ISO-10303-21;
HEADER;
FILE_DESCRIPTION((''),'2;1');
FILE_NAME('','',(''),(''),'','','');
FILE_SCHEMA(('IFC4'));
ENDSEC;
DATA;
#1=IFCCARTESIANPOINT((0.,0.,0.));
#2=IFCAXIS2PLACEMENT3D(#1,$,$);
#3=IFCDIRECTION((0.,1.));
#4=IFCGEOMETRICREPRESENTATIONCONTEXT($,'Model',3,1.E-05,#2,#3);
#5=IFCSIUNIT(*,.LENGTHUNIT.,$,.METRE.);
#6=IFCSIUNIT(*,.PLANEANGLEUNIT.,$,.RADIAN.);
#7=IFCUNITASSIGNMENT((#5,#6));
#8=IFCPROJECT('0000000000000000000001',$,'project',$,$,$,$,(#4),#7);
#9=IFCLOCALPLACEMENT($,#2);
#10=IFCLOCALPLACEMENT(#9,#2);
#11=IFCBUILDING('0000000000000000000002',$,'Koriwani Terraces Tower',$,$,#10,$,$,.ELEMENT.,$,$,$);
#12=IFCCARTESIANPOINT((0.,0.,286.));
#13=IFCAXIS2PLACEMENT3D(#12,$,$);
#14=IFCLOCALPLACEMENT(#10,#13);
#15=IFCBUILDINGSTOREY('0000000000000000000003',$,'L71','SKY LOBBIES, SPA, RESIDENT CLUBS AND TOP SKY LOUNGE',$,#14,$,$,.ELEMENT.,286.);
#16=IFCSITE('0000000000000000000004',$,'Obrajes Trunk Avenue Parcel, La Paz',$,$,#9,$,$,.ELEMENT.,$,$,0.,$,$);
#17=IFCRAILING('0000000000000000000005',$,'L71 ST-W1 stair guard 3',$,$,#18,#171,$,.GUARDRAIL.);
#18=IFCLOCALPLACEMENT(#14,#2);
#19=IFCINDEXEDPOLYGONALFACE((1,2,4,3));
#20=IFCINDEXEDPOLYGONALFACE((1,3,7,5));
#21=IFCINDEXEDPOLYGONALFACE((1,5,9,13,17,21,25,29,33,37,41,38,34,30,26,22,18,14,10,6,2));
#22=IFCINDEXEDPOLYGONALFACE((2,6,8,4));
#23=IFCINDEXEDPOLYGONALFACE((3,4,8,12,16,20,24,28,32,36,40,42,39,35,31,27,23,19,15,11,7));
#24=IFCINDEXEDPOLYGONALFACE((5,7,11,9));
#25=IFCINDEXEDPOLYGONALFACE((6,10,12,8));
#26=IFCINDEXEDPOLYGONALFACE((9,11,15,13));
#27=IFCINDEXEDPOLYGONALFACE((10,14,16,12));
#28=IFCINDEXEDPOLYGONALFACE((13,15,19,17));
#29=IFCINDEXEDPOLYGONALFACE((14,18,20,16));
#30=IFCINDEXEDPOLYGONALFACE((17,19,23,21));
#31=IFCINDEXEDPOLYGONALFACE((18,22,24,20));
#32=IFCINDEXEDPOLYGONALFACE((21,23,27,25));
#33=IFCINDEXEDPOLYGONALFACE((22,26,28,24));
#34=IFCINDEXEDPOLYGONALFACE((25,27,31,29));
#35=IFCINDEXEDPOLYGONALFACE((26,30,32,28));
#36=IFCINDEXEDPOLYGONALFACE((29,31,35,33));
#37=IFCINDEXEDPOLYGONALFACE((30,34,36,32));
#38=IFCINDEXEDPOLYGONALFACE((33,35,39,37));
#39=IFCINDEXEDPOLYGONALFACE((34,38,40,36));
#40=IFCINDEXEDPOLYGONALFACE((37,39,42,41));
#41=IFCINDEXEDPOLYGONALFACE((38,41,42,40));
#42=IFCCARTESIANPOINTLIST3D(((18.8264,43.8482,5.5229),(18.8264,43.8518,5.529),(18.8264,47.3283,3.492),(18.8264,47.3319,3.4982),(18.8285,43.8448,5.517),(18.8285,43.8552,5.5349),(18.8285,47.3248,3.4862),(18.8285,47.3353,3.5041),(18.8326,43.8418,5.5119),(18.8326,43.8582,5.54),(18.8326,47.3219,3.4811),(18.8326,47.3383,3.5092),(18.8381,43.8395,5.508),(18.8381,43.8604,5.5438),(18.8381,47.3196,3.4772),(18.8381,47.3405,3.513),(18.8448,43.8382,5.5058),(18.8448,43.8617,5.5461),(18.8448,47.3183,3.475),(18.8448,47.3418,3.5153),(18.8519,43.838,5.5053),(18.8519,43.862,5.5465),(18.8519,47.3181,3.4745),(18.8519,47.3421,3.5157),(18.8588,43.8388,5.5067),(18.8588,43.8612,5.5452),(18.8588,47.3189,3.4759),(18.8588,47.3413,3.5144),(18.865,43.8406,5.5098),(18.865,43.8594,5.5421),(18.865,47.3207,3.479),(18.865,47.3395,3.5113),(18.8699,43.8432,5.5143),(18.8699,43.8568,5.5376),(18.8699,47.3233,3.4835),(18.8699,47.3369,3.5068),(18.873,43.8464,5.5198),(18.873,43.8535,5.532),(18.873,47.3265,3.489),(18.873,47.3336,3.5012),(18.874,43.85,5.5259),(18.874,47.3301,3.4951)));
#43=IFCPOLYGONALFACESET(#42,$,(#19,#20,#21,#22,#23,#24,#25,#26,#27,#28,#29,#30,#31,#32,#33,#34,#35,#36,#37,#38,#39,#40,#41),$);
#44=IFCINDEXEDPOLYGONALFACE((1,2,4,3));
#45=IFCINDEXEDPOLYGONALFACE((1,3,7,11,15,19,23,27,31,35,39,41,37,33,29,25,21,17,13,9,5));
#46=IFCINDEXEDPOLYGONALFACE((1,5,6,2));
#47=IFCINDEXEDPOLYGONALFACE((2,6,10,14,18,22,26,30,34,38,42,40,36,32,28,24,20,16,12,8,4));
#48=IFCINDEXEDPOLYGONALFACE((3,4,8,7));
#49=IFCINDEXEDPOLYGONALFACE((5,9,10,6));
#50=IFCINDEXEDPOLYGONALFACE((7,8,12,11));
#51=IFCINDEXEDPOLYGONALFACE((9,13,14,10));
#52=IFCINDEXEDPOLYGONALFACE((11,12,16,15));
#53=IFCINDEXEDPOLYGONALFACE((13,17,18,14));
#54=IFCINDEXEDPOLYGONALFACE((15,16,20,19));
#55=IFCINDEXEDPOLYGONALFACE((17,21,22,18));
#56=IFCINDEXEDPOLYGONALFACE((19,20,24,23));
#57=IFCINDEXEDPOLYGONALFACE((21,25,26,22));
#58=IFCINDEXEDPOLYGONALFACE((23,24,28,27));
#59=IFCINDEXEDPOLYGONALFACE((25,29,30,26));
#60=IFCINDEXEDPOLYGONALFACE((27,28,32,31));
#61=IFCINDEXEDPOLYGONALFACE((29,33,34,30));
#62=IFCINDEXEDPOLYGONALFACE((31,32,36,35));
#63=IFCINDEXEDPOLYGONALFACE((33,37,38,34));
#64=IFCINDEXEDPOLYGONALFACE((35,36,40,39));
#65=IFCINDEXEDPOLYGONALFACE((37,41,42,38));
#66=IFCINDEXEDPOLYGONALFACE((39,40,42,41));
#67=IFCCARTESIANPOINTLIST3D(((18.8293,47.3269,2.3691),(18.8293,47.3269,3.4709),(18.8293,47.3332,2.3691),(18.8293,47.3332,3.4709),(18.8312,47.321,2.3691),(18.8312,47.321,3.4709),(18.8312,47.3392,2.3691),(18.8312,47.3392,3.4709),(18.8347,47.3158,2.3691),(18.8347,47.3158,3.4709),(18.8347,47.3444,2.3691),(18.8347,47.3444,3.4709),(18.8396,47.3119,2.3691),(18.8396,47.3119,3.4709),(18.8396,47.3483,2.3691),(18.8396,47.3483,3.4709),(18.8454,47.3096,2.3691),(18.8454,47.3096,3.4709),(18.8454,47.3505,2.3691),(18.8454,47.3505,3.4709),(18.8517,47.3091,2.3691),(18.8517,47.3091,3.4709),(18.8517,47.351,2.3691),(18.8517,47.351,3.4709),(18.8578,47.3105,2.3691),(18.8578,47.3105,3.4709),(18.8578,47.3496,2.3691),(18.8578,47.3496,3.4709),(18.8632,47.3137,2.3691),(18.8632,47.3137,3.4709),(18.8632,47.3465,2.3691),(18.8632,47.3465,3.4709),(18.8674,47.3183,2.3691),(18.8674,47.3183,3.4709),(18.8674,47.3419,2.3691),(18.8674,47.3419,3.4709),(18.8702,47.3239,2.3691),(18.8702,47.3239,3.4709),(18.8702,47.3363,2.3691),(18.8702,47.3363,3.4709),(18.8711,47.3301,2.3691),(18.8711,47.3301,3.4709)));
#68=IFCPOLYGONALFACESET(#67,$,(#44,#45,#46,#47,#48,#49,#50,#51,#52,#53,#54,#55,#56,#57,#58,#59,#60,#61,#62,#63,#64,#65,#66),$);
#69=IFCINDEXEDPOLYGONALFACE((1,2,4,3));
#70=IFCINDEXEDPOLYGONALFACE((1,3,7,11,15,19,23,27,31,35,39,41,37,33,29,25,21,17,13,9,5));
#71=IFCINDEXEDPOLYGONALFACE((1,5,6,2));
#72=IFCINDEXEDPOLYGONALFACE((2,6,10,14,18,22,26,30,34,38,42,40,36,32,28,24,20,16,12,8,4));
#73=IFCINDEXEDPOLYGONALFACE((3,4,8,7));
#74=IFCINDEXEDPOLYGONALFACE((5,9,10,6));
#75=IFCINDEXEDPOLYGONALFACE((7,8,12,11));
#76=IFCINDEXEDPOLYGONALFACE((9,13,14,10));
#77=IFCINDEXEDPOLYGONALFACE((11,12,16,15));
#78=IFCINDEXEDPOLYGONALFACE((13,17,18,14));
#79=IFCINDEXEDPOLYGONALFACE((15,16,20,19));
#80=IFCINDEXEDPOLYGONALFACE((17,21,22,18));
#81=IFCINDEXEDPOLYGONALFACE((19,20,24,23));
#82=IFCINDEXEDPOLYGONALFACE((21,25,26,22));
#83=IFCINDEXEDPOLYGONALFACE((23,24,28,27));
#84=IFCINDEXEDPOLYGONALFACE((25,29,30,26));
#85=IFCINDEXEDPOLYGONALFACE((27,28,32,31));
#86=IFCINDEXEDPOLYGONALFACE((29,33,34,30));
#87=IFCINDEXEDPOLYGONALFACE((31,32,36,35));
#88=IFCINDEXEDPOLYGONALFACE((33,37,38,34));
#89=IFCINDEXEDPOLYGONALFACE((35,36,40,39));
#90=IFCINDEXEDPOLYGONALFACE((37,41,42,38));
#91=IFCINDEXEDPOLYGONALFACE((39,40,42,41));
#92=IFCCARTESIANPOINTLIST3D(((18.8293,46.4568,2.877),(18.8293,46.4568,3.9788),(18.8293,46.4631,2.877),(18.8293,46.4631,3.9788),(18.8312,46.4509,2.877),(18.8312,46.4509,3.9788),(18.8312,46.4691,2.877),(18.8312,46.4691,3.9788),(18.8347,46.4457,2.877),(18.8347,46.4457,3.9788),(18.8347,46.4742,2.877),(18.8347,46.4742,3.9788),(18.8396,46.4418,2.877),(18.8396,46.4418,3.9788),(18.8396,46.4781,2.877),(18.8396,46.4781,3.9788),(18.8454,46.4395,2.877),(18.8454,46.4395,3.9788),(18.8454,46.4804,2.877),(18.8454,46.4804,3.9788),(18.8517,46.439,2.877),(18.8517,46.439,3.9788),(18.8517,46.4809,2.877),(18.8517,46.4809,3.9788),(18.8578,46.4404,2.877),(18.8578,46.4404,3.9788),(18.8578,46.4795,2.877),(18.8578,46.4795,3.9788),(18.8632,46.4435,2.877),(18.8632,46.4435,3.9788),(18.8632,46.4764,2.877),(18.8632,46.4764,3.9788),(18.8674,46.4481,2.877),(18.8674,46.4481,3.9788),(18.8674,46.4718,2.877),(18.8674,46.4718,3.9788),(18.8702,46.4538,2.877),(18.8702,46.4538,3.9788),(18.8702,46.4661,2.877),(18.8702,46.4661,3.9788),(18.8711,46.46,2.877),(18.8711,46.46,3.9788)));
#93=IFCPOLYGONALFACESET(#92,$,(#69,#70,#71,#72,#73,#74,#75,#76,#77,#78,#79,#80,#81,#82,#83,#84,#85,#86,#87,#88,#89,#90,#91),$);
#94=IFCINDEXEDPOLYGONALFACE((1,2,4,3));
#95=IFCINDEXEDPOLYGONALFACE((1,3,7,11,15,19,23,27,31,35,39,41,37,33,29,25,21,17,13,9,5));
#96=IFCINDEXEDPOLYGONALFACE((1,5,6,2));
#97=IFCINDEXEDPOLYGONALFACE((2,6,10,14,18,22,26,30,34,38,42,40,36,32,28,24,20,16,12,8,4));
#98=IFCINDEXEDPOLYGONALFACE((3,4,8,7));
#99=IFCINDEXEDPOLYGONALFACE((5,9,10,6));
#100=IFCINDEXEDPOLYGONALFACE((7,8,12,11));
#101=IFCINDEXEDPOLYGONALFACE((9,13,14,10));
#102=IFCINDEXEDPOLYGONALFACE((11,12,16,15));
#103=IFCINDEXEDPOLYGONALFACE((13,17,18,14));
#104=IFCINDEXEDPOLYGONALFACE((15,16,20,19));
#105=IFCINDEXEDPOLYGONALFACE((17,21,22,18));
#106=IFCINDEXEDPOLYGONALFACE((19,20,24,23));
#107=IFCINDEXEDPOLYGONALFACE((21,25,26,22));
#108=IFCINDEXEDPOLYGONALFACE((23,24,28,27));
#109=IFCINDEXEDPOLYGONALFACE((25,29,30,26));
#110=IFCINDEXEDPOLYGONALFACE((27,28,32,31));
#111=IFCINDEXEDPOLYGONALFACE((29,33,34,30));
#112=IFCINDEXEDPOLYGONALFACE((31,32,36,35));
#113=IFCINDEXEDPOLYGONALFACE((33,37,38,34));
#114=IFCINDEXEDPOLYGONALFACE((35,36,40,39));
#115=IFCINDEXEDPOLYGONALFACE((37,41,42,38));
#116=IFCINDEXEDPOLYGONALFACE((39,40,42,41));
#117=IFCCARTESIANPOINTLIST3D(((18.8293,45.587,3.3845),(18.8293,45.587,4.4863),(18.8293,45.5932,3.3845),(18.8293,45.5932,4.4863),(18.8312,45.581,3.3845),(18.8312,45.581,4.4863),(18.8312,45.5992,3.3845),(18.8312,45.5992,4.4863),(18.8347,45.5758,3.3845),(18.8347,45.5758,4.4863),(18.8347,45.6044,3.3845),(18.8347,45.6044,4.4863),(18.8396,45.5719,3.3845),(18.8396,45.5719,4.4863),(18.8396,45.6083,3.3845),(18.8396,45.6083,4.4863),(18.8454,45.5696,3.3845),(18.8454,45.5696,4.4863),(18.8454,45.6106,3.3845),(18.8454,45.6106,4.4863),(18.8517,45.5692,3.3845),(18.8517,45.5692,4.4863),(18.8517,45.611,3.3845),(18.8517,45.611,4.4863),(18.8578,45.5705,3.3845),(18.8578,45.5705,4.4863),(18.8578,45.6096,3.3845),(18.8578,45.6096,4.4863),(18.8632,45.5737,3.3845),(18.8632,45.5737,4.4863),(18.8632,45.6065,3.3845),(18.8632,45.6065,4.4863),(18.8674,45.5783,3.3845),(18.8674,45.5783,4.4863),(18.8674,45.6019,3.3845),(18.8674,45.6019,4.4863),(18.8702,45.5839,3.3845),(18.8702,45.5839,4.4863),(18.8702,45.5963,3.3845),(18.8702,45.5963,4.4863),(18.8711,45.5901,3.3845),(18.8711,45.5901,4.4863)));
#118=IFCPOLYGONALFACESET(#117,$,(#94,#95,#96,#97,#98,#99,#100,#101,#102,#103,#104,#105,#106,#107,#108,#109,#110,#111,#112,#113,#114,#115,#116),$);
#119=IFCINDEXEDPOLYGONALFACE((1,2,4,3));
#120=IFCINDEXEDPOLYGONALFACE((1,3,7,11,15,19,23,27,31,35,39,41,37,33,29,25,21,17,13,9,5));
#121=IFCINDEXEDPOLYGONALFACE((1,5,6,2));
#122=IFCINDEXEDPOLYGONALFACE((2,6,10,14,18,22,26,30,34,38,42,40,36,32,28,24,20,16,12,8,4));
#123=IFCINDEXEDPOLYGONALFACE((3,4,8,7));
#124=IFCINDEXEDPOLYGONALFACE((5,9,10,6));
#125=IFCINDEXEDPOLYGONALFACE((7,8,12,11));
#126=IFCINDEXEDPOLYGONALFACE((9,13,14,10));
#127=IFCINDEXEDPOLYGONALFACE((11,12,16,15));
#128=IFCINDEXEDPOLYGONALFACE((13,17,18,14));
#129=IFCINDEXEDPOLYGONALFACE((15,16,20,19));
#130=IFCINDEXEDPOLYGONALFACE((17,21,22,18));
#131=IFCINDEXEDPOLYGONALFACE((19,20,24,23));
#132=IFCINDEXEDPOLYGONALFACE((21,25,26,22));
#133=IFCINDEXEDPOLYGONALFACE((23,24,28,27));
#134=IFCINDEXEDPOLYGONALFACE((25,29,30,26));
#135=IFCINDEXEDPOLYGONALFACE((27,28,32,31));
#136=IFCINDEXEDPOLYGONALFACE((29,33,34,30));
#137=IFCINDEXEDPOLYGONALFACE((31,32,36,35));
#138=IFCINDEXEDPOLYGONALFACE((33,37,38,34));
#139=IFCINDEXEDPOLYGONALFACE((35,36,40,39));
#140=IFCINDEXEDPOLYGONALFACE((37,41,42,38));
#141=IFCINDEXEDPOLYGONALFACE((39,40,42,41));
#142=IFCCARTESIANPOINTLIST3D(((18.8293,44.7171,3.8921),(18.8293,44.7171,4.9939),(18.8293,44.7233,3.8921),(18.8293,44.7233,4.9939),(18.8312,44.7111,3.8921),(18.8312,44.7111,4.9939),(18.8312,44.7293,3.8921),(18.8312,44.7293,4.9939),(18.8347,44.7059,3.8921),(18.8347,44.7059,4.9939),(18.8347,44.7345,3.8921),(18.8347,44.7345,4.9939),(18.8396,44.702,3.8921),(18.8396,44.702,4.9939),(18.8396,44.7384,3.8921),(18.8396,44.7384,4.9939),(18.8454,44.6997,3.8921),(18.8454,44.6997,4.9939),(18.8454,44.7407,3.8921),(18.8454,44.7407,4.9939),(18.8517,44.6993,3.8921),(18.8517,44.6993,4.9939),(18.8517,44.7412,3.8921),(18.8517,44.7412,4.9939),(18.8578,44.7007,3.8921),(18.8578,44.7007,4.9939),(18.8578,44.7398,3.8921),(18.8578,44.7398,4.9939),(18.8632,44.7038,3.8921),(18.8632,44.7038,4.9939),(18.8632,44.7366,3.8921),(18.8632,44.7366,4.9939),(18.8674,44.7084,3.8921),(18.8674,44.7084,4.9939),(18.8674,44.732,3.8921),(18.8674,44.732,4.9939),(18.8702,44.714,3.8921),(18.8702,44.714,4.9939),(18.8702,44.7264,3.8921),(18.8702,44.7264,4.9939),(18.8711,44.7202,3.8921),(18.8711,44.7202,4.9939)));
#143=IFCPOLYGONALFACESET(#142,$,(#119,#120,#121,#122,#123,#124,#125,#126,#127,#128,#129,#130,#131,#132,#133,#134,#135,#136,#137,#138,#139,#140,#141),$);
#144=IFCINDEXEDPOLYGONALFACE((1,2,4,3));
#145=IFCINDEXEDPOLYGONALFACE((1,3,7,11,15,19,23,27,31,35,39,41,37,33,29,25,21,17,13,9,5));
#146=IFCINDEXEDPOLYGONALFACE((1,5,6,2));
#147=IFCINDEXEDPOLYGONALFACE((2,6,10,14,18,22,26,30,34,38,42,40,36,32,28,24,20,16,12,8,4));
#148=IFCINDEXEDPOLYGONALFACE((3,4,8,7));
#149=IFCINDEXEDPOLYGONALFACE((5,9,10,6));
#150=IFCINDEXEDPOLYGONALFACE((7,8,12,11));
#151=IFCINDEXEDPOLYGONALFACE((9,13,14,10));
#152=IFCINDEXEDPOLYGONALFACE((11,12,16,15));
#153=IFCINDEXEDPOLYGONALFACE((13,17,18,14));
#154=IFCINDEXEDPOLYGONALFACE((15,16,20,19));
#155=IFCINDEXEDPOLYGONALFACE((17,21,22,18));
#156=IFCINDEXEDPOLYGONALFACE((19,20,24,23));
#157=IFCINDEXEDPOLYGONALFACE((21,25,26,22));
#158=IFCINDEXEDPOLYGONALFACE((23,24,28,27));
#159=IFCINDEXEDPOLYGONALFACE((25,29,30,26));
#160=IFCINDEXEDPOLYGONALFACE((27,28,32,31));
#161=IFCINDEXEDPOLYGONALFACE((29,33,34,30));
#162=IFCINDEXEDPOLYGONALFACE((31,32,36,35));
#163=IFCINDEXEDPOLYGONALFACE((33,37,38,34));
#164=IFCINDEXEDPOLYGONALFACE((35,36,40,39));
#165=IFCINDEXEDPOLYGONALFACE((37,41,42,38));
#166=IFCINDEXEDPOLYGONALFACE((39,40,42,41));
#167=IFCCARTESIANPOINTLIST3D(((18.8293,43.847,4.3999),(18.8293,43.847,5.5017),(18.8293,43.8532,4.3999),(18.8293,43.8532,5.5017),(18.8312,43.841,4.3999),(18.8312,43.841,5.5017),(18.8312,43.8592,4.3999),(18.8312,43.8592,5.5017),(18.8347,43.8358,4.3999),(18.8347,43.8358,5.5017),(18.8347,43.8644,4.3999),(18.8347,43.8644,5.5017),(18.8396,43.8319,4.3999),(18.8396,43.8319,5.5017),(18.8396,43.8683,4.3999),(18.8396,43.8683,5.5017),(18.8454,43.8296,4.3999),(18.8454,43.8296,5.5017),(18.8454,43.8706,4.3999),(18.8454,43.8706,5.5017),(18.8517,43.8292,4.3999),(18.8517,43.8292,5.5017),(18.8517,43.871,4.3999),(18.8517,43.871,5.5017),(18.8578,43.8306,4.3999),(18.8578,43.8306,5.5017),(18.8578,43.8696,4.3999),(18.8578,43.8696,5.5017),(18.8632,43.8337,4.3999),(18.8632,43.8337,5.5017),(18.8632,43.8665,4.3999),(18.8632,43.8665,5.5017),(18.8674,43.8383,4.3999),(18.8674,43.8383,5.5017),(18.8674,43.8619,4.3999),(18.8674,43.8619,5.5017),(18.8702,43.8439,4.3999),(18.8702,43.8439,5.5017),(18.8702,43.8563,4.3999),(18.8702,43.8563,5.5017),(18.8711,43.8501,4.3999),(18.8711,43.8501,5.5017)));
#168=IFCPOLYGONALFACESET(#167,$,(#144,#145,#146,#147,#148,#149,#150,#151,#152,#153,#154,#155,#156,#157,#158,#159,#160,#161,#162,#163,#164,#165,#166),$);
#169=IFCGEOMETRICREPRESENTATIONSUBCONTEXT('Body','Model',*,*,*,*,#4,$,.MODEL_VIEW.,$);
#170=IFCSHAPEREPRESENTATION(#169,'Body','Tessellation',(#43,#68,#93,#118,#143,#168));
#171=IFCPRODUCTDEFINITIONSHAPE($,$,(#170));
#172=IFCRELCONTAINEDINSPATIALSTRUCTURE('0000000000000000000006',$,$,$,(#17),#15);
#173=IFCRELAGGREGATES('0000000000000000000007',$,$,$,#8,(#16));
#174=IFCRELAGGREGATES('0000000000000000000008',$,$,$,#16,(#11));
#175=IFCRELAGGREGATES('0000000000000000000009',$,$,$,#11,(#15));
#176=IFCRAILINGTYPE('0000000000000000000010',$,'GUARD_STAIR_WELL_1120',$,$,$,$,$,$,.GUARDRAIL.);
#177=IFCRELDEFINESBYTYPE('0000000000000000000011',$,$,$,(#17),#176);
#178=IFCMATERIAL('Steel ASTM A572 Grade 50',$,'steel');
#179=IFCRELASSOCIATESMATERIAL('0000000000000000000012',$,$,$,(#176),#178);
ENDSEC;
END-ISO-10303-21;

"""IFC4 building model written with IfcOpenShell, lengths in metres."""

from ifc_helpers import new_model, si_unit, direction, frame, origin, origin_2d, place, context, subcontext, project, spatial, circle, extrude, material, type_object, element, save


model = new_model("IFC4")

# Units and contexts
model_context = context("Model", 3, precision=1e-05, world=origin(), true_north=direction((0.0, 1.0)))
body_context = subcontext(model_context, "Body", "Model", "MODEL_VIEW")
ifc_project = project(units=[si_unit("LENGTHUNIT", "METRE"), si_unit("PLANEANGLEUNIT", "RADIAN")], contexts=[model_context])

# Site, building, storey
site_placement = place(None, origin())
site = spatial("IfcSite", under=ifc_project, at=site_placement, Name="Obrajes Trunk Avenue Parcel, La Paz", CompositionType="ELEMENT", RefElevation=0.0)
building_placement = place(site_placement, origin())
building = spatial("IfcBuilding", under=site, at=building_placement, Name="Koriwani Terraces Tower", CompositionType="ELEMENT")
storey_placement = place(building_placement, frame((0.0, 0.0, 286.0)))
storey = spatial("IfcBuildingStorey", under=building, at=storey_placement, Name="L71", Description="SKY LOBBIES, SPA, RESIDENT CLUBS AND TOP SKY LOUNGE", CompositionType="ELEMENT", Elevation=286.0)

# Shared definitions
ifc_material_1 = material(Name="Steel ASTM A572 Grade 50", Category="steel")

# Railing
railing_type_1 = type_object("IfcRailingType", Name="GUARD_STAIR_WELL_1120", PredefinedType="GUARDRAIL", material=ifc_material_1)
for number, where, name in (
    (1, (18.8501, 47.3301, 2.3691), "L71 ST-W1 stair guard 3"),
):
    element("IfcRailing", number, at=place(storey_placement, frame(where)), inside=storey, type_object=railing_type_1, Name=name, PredefinedType="GUARDRAIL", context=body_context, shape_type="SweptSolid", body=[
        extrude(circle(Radius=0.0239, at=origin_2d()), frame((0.0, 0.0, 1.126), z_axis=(0.0, -0.863695, 0.504014), x_axis=(1.0, 0.0, 0.0)), (0.0, 0.0, 1.0), 4.0293),
        extrude(circle(Radius=0.021, at=origin_2d()), origin(), (0.0, 0.0, 1.0), 1.1018),
        extrude(circle(Radius=0.021, at=origin_2d()), frame((0.0, -0.8701, 0.5078)), (0.0, 0.0, 1.0), 1.1018),
        extrude(circle(Radius=0.021, at=origin_2d()), frame((0.0, -1.74, 1.0154)), (0.0, 0.0, 1.0), 1.1018),
        extrude(circle(Radius=0.021, at=origin_2d()), frame((0.0, -2.6099, 1.5229)), (0.0, 0.0, 1.0), 1.1018),
        extrude(circle(Radius=0.021, at=origin_2d()), frame((0.0, -3.48, 2.0308)), (0.0, 0.0, 1.0), 1.1018),
    ])

save(model, "model.ifc")
